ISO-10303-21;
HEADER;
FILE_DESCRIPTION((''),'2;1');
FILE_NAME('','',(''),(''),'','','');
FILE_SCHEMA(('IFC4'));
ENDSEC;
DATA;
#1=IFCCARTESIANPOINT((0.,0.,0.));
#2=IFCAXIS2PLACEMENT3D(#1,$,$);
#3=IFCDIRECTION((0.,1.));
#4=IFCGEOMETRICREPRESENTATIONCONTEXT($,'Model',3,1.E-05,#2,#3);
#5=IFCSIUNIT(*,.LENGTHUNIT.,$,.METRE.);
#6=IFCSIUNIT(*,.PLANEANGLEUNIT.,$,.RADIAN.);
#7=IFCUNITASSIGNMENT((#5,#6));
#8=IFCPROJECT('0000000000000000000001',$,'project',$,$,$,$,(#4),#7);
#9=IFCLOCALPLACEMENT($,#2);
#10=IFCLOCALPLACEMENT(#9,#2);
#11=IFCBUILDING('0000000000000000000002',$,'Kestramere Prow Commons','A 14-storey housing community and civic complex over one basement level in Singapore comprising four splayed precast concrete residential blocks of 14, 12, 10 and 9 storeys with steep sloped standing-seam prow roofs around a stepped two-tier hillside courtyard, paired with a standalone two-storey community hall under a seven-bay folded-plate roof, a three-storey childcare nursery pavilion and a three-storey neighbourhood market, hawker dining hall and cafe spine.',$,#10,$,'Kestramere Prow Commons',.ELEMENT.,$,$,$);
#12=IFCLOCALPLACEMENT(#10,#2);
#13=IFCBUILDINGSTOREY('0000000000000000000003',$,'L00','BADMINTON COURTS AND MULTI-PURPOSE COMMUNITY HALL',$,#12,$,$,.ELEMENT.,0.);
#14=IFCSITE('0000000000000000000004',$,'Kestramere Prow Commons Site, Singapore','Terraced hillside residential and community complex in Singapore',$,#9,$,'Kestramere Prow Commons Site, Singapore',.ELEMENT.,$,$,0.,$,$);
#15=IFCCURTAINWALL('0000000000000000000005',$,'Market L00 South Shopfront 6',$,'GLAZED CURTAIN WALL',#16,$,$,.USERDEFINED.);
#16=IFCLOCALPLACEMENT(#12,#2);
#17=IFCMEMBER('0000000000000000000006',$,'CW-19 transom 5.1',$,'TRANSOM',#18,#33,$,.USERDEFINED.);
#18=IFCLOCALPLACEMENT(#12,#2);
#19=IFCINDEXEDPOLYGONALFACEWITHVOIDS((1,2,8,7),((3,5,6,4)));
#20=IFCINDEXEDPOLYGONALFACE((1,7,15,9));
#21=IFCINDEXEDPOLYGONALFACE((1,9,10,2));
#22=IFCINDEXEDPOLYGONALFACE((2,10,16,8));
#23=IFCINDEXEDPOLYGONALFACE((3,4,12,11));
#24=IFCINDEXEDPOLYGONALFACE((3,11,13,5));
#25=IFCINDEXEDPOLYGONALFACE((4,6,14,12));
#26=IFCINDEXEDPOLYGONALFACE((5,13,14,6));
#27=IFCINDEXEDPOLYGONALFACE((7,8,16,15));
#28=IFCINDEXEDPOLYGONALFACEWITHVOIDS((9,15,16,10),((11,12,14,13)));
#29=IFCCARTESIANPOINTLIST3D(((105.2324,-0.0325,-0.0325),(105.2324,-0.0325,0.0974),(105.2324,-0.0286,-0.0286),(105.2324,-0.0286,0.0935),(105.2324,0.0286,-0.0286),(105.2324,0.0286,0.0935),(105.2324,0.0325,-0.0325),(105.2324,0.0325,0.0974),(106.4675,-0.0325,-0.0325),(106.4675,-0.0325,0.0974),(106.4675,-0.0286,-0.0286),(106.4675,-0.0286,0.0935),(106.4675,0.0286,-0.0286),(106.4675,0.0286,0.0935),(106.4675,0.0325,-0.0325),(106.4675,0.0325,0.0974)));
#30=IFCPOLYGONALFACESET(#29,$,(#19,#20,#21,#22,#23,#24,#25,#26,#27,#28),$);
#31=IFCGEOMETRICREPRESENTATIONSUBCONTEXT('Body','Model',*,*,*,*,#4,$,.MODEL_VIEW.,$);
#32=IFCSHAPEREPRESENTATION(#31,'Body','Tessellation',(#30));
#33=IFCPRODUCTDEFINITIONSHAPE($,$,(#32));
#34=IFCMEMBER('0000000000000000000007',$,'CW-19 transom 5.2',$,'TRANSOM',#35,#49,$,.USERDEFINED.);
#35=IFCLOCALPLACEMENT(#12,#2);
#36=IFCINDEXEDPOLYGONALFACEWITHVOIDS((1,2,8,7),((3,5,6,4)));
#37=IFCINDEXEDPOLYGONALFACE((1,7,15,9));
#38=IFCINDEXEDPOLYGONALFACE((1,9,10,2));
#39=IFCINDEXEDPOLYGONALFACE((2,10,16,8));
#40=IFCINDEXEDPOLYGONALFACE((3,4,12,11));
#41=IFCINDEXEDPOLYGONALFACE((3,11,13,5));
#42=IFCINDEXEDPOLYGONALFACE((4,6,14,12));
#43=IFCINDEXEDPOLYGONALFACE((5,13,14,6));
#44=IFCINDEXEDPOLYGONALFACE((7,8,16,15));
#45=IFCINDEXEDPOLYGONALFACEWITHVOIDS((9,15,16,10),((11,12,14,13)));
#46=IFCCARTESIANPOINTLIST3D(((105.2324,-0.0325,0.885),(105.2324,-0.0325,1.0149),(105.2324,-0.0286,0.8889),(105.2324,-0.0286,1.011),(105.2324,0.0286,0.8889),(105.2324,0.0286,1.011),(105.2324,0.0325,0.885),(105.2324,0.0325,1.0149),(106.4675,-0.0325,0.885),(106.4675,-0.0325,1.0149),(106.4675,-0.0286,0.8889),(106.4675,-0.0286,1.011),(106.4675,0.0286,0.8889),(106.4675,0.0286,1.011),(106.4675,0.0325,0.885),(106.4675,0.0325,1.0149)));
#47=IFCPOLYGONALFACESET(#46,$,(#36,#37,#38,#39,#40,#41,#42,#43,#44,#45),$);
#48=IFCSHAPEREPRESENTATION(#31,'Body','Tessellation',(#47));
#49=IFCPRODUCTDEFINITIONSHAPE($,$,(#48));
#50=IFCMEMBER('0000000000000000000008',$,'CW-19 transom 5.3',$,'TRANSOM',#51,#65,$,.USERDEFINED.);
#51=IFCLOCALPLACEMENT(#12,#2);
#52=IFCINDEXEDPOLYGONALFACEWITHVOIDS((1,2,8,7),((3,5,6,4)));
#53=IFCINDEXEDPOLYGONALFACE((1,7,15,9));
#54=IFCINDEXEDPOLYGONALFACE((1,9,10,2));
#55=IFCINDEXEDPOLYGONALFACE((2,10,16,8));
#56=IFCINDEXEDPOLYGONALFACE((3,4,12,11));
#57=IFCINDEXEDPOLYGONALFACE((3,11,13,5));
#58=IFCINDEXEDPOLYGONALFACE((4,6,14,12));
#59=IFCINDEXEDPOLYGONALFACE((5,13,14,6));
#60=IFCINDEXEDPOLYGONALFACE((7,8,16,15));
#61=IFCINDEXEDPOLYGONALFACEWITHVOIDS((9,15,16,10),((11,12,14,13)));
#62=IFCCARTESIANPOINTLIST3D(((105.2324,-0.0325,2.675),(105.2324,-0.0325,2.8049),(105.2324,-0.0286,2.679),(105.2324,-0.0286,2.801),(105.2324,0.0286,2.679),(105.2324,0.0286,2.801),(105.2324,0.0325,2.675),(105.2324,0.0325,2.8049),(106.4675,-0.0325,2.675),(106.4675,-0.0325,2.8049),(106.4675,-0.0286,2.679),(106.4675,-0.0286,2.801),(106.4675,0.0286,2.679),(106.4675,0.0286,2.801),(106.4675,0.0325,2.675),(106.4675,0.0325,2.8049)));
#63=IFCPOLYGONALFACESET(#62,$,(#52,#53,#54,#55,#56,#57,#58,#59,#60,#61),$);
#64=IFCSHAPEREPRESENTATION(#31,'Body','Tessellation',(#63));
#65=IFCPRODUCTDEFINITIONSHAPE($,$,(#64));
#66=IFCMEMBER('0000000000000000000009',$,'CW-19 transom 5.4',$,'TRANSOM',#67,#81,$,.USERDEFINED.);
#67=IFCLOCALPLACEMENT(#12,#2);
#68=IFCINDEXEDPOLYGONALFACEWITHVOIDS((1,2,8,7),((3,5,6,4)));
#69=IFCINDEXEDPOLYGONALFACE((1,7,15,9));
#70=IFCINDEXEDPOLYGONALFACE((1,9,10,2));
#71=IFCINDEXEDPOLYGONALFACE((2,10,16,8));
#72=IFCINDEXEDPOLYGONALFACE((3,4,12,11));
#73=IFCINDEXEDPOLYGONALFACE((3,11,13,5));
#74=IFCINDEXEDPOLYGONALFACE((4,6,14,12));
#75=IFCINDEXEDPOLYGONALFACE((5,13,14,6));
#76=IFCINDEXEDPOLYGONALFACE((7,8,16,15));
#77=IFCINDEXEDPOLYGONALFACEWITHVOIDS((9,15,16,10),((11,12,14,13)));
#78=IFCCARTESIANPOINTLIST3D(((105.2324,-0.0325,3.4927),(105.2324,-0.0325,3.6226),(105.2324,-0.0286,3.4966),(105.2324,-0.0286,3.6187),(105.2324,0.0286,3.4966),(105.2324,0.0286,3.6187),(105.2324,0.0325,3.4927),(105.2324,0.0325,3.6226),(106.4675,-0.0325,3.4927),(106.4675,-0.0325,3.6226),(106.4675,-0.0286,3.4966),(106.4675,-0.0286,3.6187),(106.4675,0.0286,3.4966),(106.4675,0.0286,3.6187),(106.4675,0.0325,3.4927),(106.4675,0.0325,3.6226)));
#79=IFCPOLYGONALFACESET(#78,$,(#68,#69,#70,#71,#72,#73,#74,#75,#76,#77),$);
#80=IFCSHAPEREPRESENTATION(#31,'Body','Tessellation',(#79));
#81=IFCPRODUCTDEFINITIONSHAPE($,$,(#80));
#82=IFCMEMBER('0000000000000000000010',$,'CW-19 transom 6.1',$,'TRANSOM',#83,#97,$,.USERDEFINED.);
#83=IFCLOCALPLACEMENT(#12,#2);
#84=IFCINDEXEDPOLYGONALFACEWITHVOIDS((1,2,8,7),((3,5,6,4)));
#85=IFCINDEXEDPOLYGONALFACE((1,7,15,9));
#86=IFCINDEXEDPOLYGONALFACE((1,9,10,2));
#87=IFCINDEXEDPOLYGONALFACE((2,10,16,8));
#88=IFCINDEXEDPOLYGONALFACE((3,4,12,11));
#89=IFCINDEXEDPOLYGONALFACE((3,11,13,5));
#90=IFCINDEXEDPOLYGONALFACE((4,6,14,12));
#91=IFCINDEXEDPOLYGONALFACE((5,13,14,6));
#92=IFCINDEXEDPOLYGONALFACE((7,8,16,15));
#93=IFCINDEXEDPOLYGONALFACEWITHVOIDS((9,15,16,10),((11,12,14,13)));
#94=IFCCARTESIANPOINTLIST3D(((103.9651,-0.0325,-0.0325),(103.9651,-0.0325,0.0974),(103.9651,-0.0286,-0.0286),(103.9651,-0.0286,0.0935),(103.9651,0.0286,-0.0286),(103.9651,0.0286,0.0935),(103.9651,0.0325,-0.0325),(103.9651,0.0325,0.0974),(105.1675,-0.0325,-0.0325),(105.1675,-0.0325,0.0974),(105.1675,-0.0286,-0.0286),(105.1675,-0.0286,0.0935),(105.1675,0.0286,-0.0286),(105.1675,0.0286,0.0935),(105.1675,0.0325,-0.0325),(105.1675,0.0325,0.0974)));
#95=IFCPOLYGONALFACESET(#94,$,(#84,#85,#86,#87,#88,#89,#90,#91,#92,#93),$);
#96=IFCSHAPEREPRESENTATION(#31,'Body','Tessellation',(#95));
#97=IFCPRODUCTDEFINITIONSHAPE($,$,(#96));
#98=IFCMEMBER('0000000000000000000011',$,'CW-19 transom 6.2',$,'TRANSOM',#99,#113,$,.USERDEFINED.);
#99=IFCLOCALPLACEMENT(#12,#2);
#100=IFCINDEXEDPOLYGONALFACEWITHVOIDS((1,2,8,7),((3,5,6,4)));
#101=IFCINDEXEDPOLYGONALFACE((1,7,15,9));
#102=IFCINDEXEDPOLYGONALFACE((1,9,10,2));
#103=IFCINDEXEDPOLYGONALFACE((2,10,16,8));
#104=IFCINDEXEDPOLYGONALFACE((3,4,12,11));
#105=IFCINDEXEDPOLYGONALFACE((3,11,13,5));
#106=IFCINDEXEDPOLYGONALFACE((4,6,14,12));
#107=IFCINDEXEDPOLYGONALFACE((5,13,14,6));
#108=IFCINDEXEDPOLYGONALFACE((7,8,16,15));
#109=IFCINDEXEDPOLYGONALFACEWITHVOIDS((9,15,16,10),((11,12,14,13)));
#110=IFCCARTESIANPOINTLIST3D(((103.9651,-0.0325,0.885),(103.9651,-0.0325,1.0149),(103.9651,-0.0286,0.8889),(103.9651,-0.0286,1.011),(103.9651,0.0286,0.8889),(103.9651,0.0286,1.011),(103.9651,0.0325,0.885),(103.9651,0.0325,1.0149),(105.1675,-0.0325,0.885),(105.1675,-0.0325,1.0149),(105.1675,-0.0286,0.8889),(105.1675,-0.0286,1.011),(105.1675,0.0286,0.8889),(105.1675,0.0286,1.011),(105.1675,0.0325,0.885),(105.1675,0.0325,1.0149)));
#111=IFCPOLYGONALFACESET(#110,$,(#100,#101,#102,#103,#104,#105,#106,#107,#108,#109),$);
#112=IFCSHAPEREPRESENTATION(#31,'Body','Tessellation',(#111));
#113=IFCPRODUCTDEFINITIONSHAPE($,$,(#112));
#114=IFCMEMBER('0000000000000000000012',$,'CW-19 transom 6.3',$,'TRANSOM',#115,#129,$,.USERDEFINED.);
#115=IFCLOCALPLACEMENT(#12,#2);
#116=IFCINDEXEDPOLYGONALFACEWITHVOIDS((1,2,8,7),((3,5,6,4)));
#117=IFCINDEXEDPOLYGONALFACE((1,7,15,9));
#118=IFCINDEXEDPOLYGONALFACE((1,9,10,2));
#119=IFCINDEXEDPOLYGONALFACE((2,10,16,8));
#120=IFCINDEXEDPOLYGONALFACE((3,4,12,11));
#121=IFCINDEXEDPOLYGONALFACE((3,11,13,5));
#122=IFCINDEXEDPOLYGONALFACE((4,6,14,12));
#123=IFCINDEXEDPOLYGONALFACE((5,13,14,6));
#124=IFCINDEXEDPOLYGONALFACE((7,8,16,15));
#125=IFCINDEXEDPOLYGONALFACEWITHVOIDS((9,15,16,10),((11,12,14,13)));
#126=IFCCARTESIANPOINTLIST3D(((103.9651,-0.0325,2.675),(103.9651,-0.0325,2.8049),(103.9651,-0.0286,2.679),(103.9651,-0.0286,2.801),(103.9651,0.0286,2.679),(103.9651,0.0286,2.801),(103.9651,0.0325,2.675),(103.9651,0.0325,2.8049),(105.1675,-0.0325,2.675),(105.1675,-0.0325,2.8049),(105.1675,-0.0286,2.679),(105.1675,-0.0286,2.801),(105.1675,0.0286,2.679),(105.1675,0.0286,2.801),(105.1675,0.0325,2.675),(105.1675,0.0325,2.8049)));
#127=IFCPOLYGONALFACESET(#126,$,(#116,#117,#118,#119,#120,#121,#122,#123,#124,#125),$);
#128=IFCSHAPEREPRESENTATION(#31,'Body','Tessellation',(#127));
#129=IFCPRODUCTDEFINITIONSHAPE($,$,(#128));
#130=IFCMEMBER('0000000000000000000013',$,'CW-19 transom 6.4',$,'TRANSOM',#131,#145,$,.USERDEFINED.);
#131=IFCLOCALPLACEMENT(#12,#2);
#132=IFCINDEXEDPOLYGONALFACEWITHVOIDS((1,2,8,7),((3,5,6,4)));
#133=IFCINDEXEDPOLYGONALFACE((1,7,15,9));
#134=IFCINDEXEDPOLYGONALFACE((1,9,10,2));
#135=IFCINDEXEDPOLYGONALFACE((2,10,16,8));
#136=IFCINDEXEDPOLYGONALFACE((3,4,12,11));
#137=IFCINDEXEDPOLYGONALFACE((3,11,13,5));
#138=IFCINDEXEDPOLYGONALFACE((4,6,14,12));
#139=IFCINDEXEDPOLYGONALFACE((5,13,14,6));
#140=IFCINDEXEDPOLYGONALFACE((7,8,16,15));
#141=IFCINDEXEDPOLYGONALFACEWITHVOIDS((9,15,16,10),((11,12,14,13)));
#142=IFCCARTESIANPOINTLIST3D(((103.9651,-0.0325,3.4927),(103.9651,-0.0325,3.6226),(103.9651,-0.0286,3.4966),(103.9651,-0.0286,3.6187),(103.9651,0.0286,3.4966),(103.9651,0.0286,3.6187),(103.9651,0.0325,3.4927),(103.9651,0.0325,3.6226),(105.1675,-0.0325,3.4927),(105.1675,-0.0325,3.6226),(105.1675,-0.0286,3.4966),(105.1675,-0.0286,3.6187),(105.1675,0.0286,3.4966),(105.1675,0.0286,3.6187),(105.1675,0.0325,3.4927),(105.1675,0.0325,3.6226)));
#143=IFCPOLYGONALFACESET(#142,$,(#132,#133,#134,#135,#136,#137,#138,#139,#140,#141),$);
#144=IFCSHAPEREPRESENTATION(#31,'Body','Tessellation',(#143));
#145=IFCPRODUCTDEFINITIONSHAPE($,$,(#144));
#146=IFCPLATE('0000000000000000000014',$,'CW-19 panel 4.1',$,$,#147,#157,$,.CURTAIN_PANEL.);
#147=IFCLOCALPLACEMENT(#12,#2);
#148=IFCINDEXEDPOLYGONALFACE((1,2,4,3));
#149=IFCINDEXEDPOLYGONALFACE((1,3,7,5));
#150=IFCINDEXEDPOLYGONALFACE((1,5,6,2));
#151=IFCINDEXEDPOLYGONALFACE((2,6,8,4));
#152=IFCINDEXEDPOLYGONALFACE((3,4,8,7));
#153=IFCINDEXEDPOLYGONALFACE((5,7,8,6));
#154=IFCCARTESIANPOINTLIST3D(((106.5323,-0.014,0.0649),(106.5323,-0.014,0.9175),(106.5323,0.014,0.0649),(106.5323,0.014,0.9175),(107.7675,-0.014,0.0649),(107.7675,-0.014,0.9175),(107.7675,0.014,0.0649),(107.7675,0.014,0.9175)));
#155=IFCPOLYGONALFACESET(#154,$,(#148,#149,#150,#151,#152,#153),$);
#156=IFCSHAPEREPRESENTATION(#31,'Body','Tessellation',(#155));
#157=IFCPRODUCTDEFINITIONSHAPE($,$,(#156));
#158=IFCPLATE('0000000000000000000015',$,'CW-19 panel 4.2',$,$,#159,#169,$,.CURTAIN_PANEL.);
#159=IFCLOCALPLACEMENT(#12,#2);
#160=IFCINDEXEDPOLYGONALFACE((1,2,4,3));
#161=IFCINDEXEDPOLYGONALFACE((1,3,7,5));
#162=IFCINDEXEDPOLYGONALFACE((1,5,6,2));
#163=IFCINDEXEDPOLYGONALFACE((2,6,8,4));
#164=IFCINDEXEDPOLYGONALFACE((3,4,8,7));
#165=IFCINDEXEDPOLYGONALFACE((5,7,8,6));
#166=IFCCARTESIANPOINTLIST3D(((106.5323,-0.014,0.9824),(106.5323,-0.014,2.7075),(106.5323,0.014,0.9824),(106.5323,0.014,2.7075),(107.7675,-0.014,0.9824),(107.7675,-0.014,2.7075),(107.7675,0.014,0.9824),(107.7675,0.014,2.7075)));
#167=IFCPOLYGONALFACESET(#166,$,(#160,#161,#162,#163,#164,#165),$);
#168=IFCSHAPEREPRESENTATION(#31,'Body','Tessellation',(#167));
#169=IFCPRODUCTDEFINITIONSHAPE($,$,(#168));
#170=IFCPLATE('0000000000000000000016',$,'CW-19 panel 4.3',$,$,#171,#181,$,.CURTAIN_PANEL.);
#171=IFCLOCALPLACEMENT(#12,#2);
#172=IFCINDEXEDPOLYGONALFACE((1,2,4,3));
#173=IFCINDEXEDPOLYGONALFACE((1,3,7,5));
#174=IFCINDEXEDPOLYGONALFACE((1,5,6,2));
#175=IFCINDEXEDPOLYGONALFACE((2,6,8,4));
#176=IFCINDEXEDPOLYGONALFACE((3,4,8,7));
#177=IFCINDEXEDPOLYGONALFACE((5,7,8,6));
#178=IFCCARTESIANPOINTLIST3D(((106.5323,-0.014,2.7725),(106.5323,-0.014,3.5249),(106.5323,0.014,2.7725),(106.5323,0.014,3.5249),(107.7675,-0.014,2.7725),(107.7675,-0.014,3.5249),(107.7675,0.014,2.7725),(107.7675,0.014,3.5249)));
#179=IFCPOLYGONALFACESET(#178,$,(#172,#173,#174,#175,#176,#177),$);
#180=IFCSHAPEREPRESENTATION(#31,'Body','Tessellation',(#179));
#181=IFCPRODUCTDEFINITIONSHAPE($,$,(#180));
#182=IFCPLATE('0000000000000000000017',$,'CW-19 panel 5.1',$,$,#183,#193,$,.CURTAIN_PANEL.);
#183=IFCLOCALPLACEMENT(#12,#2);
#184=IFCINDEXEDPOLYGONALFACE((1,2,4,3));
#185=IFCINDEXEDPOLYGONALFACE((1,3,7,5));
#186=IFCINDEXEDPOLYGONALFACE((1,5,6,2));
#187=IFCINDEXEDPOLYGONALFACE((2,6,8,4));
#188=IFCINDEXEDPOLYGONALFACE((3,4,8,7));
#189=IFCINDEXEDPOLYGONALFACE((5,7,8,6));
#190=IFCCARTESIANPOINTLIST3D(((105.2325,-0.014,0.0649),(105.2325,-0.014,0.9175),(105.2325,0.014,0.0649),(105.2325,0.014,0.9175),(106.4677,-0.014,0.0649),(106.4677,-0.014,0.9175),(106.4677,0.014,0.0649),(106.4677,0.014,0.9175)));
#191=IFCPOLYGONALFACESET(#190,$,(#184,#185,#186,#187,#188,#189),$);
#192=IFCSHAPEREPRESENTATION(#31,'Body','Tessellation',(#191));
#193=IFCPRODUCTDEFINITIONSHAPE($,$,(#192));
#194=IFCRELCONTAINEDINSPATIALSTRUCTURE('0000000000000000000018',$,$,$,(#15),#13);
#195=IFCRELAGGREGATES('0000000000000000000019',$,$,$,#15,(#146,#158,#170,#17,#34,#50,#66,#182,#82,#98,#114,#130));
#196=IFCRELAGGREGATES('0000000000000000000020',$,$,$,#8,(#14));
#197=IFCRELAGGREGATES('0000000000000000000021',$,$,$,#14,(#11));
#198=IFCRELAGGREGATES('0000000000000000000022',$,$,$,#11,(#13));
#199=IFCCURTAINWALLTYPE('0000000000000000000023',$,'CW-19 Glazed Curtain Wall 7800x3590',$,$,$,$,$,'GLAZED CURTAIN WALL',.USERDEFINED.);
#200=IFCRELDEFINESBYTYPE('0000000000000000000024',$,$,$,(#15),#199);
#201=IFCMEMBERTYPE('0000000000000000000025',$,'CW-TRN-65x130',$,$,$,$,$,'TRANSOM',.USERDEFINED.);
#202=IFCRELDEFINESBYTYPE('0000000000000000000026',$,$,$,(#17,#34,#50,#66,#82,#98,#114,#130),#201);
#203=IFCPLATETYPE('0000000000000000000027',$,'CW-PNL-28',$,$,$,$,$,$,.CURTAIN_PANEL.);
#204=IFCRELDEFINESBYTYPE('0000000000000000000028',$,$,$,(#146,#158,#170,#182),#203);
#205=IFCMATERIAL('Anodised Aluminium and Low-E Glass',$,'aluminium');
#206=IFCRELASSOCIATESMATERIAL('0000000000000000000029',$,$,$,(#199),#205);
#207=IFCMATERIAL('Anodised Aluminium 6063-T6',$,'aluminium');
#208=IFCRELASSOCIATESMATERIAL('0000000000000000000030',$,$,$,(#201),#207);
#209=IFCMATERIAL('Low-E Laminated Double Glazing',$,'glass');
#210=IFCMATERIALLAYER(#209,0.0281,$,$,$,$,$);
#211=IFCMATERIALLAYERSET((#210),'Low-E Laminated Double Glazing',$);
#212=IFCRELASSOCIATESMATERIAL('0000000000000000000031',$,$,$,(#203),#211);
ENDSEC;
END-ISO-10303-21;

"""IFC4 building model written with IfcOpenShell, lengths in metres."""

from ifc_helpers import new_model, si_unit, direction, frame, origin, origin_2d, place, context, subcontext, project, spatial, rectangle, hollow_rectangle, extrude, material, layer, layer_set, material_profile, profile_set, type_object, element, aggregate, save


model = new_model("IFC4")

# Units and contexts
model_context = context("Model", 3, precision=1e-05, world=origin(), true_north=direction((0.0, 1.0)))
body_context = subcontext(model_context, "Body", "Model", "MODEL_VIEW")
ifc_project = project(units=[si_unit("LENGTHUNIT", "METRE"), si_unit("PLANEANGLEUNIT", "RADIAN")], contexts=[model_context])

# Site, building, storey
site_placement = place(None, origin())
site = spatial("IfcSite", under=ifc_project, at=site_placement, Name="Kestramere Prow Commons Site, Singapore", Description="Terraced hillside residential and community complex in Singapore", LongName="Kestramere Prow Commons Site, Singapore", CompositionType="ELEMENT", RefElevation=0.0)
building_placement = place(site_placement, origin())
building = spatial("IfcBuilding", under=site, at=building_placement, Name="Kestramere Prow Commons", Description="A 14-storey housing community and civic complex over one basement level in Singapore comprising four splayed precast concrete residential blocks of 14, 12, 10 and 9 storeys with steep sloped standing-seam prow roofs around a stepped two-tier hillside courtyard, paired with a standalone two-storey community hall under a seven-bay folded-plate roof, a three-storey childcare nursery pavilion and a three-storey neighbourhood market, hawker dining hall and cafe spine.", LongName="Kestramere Prow Commons", CompositionType="ELEMENT")
storey_placement = place(building_placement, origin())
storey = spatial("IfcBuildingStorey", under=building, at=storey_placement, Name="L00", Description="BADMINTON COURTS AND MULTI-PURPOSE COMMUNITY HALL", CompositionType="ELEMENT", Elevation=0.0)

# Curtain wall, members, plates
ifc_material_1 = material(Name="Anodised Aluminium and Low-E Glass", Category="aluminium")
curtain_wall_type = type_object("IfcCurtainWallType", Name="CW-19 Glazed Curtain Wall 7800x3590", ElementType="GLAZED CURTAIN WALL", PredefinedType="USERDEFINED", material=ifc_material_1)
curtain_wall_placement = place(storey_placement, origin())
curtain_wall = element("IfcCurtainWall", 1, at=curtain_wall_placement, inside=storey, type_object=curtain_wall_type, Name="Market L00 South Shopfront 6", ObjectType="GLAZED CURTAIN WALL", PredefinedType="USERDEFINED")
ifc_material_2 = material(Name="Anodised Aluminium 6063-T6", Category="aluminium")
ifc_material_profile_1 = material_profile(ifc_material_2, hollow_rectangle(XDim=0.0649, YDim=0.1299, WallThickness=0.0039, at=origin_2d()), Name="ALU-TRN 65x130")
ifc_profile_set_1 = profile_set([ifc_material_profile_1], Name="Anodised Aluminium 6063-T6")
member_type_1 = type_object("IfcMemberType", Name="CW-TRN-65x130", ElementType="TRANSOM", PredefinedType="USERDEFINED", material=ifc_profile_set_1)
member_1_placement = place(storey_placement, frame((106.4675, 0.0, 0.0325), z_axis=(-1.0, 0.0, 0.0), x_axis=(0.0, -1.0, 0.0)))
member_1 = element("IfcMember", 2, at=member_1_placement, type_object=member_type_1, Name="CW-19 transom 5.1", ObjectType="TRANSOM", PredefinedType="USERDEFINED", context=body_context, shape_type="SweptSolid", body=[
    extrude(hollow_rectangle(XDim=0.0649, YDim=0.1299, WallThickness=0.0039, at=origin_2d()), origin(), (0.0, 0.0, 1.0), 1.2351),
])
member_2_placement = place(storey_placement, frame((106.4675, 0.0, 0.95), z_axis=(-1.0, 0.0, 0.0), x_axis=(0.0, -1.0, 0.0)))
member_2 = element("IfcMember", 3, at=member_2_placement, type_object=member_type_1, Name="CW-19 transom 5.2", ObjectType="TRANSOM", PredefinedType="USERDEFINED", context=body_context, shape_type="SweptSolid", body=[
    extrude(hollow_rectangle(XDim=0.0649, YDim=0.1299, WallThickness=0.0039, at=origin_2d()), origin(), (0.0, 0.0, 1.0), 1.2351),
])
member_3_placement = place(storey_placement, frame((106.4675, 0.0, 2.74), z_axis=(-1.0, 0.0, 0.0), x_axis=(0.0, -1.0, 0.0)))
member_3 = element("IfcMember", 4, at=member_3_placement, type_object=member_type_1, Name="CW-19 transom 5.3", ObjectType="TRANSOM", PredefinedType="USERDEFINED", context=body_context, shape_type="SweptSolid", body=[
    extrude(hollow_rectangle(XDim=0.0649, YDim=0.1299, WallThickness=0.0039, at=origin_2d()), origin(), (0.0, 0.0, 1.0), 1.2351),
])
member_4_placement = place(storey_placement, frame((106.4675, 0.0, 3.5576), z_axis=(-1.0, 0.0, 0.0), x_axis=(0.0, -1.0, 0.0)))
member_4 = element("IfcMember", 5, at=member_4_placement, type_object=member_type_1, Name="CW-19 transom 5.4", ObjectType="TRANSOM", PredefinedType="USERDEFINED", context=body_context, shape_type="SweptSolid", body=[
    extrude(hollow_rectangle(XDim=0.0649, YDim=0.1299, WallThickness=0.0039, at=origin_2d()), origin(), (0.0, 0.0, 1.0), 1.2351),
])
member_5_placement = place(storey_placement, frame((105.1675, 0.0, 0.0325), z_axis=(-1.0, 0.0, 0.0), x_axis=(0.0, -1.0, 0.0)))
member_5 = element("IfcMember", 6, at=member_5_placement, type_object=member_type_1, Name="CW-19 transom 6.1", ObjectType="TRANSOM", PredefinedType="USERDEFINED", context=body_context, shape_type="SweptSolid", body=[
    extrude(hollow_rectangle(XDim=0.0649, YDim=0.1299, WallThickness=0.0039, at=origin_2d()), origin(), (0.0, 0.0, 1.0), 1.2024),
])
member_6_placement = place(storey_placement, frame((105.1675, 0.0, 0.95), z_axis=(-1.0, 0.0, 0.0), x_axis=(0.0, -1.0, 0.0)))
member_6 = element("IfcMember", 7, at=member_6_placement, type_object=member_type_1, Name="CW-19 transom 6.2", ObjectType="TRANSOM", PredefinedType="USERDEFINED", context=body_context, shape_type="SweptSolid", body=[
    extrude(hollow_rectangle(XDim=0.0649, YDim=0.1299, WallThickness=0.0039, at=origin_2d()), origin(), (0.0, 0.0, 1.0), 1.2024),
])
member_7_placement = place(storey_placement, frame((105.1675, 0.0, 2.74), z_axis=(-1.0, 0.0, 0.0), x_axis=(0.0, -1.0, 0.0)))
member_7 = element("IfcMember", 8, at=member_7_placement, type_object=member_type_1, Name="CW-19 transom 6.3", ObjectType="TRANSOM", PredefinedType="USERDEFINED", context=body_context, shape_type="SweptSolid", body=[
    extrude(hollow_rectangle(XDim=0.0649, YDim=0.1299, WallThickness=0.0039, at=origin_2d()), origin(), (0.0, 0.0, 1.0), 1.2024),
])
member_8_placement = place(storey_placement, frame((105.1675, 0.0, 3.5576), z_axis=(-1.0, 0.0, 0.0), x_axis=(0.0, -1.0, 0.0)))
member_8 = element("IfcMember", 9, at=member_8_placement, type_object=member_type_1, Name="CW-19 transom 6.4", ObjectType="TRANSOM", PredefinedType="USERDEFINED", context=body_context, shape_type="SweptSolid", body=[
    extrude(hollow_rectangle(XDim=0.0649, YDim=0.1299, WallThickness=0.0039, at=origin_2d()), origin(), (0.0, 0.0, 1.0), 1.2024),
])
ifc_material_3 = material(Name="Low-E Laminated Double Glazing", Category="glass")
ifc_layer_1 = layer(ifc_material_3, 0.0281)
ifc_layer_set_1 = layer_set([ifc_layer_1], Name="Low-E Laminated Double Glazing")
plate_type = type_object("IfcPlateType", Name="CW-PNL-28", PredefinedType="CURTAIN_PANEL", material=ifc_layer_set_1)
plate_1_placement = place(storey_placement, frame((107.1499, 0.0, 0.0649), z_axis=(0.0, 0.0, 1.0), x_axis=(-1.0, 0.0, 0.0)))
plate_1 = element("IfcPlate", 10, at=plate_1_placement, type_object=plate_type, Name="CW-19 panel 4.1", PredefinedType="CURTAIN_PANEL", context=body_context, shape_type="SweptSolid", body=[
    extrude(rectangle(XDim=1.2351, YDim=0.0281, at=origin_2d()), origin(), (0.0, 0.0, 1.0), 0.8525),
])
plate_2_placement = place(storey_placement, frame((107.1499, 0.0, 0.9824), z_axis=(0.0, 0.0, 1.0), x_axis=(-1.0, 0.0, 0.0)))
plate_2 = element("IfcPlate", 11, at=plate_2_placement, type_object=plate_type, Name="CW-19 panel 4.2", PredefinedType="CURTAIN_PANEL", context=body_context, shape_type="SweptSolid", body=[
    extrude(rectangle(XDim=1.2351, YDim=0.0281, at=origin_2d()), origin(), (0.0, 0.0, 1.0), 1.7251),
])
plate_3_placement = place(storey_placement, frame((107.1499, 0.0, 2.7725), z_axis=(0.0, 0.0, 1.0), x_axis=(-1.0, 0.0, 0.0)))
plate_3 = element("IfcPlate", 12, at=plate_3_placement, type_object=plate_type, Name="CW-19 panel 4.3", PredefinedType="CURTAIN_PANEL", context=body_context, shape_type="SweptSolid", body=[
    extrude(rectangle(XDim=1.2351, YDim=0.0281, at=origin_2d()), origin(), (0.0, 0.0, 1.0), 0.7524),
])
plate_4_placement = place(storey_placement, frame((105.8501, 0.0, 0.0649), z_axis=(0.0, 0.0, 1.0), x_axis=(-1.0, 0.0, 0.0)))
plate_4 = element("IfcPlate", 13, at=plate_4_placement, type_object=plate_type, Name="CW-19 panel 5.1", PredefinedType="CURTAIN_PANEL", context=body_context, shape_type="SweptSolid", body=[
    extrude(rectangle(XDim=1.2351, YDim=0.0281, at=origin_2d()), origin(), (0.0, 0.0, 1.0), 0.8525),
])
aggregate(curtain_wall, [plate_1, plate_2, plate_3, member_1, member_2, member_3, member_4, plate_4, member_5, member_6, member_7, member_8])

save(model, "model.ifc")
